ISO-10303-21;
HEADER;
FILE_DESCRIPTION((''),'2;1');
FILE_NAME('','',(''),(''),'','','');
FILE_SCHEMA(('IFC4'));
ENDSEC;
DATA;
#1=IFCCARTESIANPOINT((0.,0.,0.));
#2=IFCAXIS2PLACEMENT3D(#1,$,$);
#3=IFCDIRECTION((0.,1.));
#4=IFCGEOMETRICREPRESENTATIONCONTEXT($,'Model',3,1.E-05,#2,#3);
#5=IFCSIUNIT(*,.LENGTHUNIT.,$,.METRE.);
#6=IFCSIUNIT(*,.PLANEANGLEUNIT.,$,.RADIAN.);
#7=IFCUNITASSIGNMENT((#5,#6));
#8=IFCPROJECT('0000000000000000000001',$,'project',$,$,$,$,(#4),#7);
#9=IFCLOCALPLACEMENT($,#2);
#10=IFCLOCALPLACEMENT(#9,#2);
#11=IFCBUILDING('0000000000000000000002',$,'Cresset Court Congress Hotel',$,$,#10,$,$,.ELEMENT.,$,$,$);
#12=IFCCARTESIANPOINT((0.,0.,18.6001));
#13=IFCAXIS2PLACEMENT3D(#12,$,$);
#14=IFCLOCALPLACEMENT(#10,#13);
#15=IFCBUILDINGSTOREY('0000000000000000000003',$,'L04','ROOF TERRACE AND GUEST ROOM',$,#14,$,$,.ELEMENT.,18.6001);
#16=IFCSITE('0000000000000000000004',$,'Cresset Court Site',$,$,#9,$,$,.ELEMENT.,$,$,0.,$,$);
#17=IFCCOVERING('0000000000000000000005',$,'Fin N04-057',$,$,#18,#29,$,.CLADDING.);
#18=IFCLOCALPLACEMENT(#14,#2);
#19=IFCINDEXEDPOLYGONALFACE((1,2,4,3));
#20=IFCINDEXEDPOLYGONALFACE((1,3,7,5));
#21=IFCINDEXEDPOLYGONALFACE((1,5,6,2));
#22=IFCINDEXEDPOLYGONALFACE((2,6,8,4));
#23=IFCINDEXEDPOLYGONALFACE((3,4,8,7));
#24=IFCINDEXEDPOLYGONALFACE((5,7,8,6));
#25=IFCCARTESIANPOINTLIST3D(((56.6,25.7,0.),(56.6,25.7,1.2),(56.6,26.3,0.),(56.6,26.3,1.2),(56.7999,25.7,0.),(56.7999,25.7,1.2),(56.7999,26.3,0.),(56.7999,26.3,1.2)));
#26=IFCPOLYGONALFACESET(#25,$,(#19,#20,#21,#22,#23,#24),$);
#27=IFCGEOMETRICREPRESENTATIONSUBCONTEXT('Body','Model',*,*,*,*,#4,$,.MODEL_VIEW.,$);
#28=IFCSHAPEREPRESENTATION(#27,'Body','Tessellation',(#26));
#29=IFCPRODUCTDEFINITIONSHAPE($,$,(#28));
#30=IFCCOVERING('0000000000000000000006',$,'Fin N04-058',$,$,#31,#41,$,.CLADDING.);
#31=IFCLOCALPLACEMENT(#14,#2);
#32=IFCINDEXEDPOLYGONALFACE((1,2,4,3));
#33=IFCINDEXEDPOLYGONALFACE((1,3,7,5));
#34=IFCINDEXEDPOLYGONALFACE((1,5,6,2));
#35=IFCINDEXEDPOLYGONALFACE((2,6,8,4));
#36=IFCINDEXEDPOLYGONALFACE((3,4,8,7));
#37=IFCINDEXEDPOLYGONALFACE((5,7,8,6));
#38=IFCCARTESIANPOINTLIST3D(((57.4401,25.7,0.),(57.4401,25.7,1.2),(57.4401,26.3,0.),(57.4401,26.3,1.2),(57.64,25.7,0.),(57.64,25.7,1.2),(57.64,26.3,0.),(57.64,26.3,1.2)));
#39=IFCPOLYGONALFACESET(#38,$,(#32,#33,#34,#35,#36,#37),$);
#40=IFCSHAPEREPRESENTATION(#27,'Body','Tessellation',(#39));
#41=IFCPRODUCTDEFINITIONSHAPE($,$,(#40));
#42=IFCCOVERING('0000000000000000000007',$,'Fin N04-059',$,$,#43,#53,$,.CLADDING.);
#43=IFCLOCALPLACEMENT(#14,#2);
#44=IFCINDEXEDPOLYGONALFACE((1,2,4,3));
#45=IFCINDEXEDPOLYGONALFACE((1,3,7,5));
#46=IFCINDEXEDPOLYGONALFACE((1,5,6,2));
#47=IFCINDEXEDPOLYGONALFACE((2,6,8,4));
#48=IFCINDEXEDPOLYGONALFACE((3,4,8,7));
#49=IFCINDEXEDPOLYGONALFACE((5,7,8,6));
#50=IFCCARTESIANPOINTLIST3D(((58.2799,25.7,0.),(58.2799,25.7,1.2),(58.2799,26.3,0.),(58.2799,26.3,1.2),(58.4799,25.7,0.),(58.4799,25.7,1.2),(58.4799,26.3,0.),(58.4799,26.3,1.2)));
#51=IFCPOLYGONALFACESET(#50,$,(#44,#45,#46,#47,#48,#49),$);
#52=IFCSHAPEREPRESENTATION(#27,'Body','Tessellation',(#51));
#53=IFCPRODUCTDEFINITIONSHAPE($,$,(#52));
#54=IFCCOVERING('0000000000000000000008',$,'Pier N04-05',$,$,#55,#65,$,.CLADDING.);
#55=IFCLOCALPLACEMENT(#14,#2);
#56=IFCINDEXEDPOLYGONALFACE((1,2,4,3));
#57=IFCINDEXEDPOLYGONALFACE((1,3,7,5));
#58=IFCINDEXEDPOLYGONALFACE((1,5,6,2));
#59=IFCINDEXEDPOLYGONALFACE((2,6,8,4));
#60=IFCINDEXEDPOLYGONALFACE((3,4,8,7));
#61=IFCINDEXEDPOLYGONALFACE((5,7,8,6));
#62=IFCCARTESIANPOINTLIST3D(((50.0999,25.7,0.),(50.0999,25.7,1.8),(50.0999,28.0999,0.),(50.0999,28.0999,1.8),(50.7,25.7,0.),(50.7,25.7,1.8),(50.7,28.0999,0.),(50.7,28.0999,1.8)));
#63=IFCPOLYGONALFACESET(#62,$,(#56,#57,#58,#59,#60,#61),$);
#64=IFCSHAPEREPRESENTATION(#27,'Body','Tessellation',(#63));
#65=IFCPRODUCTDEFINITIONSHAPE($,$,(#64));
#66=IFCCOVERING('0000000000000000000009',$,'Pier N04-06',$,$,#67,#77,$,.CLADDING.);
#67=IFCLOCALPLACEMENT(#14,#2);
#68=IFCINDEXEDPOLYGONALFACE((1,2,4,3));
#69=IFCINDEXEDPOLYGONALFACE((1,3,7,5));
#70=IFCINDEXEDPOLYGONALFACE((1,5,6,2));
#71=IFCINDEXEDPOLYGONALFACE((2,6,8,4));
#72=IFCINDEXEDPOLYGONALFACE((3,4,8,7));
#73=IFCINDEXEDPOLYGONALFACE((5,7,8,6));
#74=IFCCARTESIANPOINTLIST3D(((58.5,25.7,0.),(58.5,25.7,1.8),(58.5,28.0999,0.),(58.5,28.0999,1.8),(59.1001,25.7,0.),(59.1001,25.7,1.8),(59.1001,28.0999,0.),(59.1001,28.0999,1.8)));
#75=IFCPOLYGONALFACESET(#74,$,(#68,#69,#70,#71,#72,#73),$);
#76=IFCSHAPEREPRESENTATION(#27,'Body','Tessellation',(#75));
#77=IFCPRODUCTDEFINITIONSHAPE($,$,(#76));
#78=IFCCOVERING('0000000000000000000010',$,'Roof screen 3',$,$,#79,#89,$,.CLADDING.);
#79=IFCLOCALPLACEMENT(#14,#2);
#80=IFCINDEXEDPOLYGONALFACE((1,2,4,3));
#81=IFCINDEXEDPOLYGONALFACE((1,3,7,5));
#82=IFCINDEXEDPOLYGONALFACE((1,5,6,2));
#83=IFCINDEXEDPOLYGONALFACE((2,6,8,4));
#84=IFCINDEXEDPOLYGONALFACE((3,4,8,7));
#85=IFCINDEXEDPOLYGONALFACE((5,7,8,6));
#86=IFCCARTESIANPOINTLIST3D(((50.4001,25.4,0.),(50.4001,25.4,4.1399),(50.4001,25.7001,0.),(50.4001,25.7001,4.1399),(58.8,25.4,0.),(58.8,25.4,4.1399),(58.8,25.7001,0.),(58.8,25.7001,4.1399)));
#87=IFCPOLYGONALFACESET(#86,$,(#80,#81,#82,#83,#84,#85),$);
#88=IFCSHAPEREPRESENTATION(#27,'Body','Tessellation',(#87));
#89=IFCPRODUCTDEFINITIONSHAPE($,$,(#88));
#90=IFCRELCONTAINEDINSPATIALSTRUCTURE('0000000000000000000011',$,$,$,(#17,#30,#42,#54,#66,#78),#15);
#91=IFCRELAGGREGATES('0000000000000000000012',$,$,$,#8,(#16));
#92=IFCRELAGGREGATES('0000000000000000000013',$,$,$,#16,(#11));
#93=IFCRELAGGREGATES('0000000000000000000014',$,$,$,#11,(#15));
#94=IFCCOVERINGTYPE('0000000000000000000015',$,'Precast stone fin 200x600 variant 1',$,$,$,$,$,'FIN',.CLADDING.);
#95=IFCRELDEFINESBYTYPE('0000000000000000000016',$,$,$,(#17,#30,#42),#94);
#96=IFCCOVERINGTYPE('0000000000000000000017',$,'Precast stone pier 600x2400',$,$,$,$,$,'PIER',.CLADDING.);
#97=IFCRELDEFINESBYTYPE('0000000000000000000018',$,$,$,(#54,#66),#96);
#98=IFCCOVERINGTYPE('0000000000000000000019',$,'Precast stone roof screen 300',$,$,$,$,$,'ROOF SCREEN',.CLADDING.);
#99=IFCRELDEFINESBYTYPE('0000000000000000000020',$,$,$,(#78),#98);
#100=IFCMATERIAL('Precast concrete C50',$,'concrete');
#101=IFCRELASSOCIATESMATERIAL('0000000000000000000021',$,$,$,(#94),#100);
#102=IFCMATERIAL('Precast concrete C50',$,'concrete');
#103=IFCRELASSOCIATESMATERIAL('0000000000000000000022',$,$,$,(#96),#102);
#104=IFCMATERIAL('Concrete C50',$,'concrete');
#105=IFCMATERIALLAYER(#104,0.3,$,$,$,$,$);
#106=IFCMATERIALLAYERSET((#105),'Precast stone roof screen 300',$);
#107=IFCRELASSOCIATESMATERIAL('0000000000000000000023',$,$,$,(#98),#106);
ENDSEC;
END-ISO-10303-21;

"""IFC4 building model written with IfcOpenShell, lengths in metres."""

from ifc_helpers import new_model, si_unit, direction, frame, origin, origin_2d, place, context, subcontext, project, spatial, rectangle, extrude, material, layer, layer_set, type_object, element, save


model = new_model("IFC4")

# Units and contexts
model_context = context("Model", 3, precision=1e-05, world=origin(), true_north=direction((0.0, 1.0)))
body_context = subcontext(model_context, "Body", "Model", "MODEL_VIEW")
ifc_project = project(units=[si_unit("LENGTHUNIT", "METRE"), si_unit("PLANEANGLEUNIT", "RADIAN")], contexts=[model_context])

# Site, building, storey
site_placement = place(None, origin())
site = spatial("IfcSite", under=ifc_project, at=site_placement, Name="Cresset Court Site", CompositionType="ELEMENT", RefElevation=0.0)
building_placement = place(site_placement, origin())
building = spatial("IfcBuilding", under=site, at=building_placement, Name="Cresset Court Congress Hotel", CompositionType="ELEMENT")
storey_placement = place(building_placement, frame((0.0, 0.0, 18.6001)))
storey = spatial("IfcBuildingStorey", under=building, at=storey_placement, Name="L04", Description="ROOF TERRACE AND GUEST ROOM", CompositionType="ELEMENT", Elevation=18.6001)

# Coverings
ifc_material_1 = material(Name="Precast concrete C50", Category="concrete")
covering_type_1 = type_object("IfcCoveringType", Name="Precast stone fin 200x600 variant 1", ElementType="FIN", PredefinedType="CLADDING", material=ifc_material_1)
for number, where, z_axis, x_axis, name in (
    (1, (56.7, 26.0, 0.0), (0.0, 0.0, 1.0), (1.0, 0.0, 0.0), "Fin N04-057"),
    (2, (57.54, 26.0, 0.0), (0.0, 0.0, 1.0), (1.0, 0.0, 0.0), "Fin N04-058"),
    (3, (58.3799, 26.0, 0.0), (0.0, 0.0, 1.0), (1.0, 0.0, 0.0), "Fin N04-059"),
):
    element("IfcCovering", number, at=place(storey_placement, frame(where, z_axis=z_axis, x_axis=x_axis)), inside=storey, type_object=covering_type_1, Name=name, PredefinedType="CLADDING", context=body_context, shape_type="SweptSolid", body=[
        extrude(rectangle(XDim=0.2, YDim=0.6001, at=origin_2d()), origin(), (0.0, 0.0, 1.0), 1.2),
    ])
ifc_material_2 = material(Name="Precast concrete C50", Category="concrete")
covering_type_2 = type_object("IfcCoveringType", Name="Precast stone pier 600x2400", ElementType="PIER", PredefinedType="CLADDING", material=ifc_material_2)
for number, where, z_axis, x_axis, name in (
    (4, (50.3999, 26.8999, 0.0), (0.0, 0.0, 1.0), (1.0, 0.0, 0.0), "Pier N04-05"),
    (5, (58.8, 26.8999, 0.0), (0.0, 0.0, 1.0), (1.0, 0.0, 0.0), "Pier N04-06"),
):
    element("IfcCovering", number, at=place(storey_placement, frame(where, z_axis=z_axis, x_axis=x_axis)), inside=storey, type_object=covering_type_2, Name=name, PredefinedType="CLADDING", context=body_context, shape_type="SweptSolid", body=[
        extrude(rectangle(XDim=0.6001, YDim=2.3999, at=origin_2d()), origin(), (0.0, 0.0, 1.0), 1.8),
    ])
ifc_material_3 = material(Name="Concrete C50", Category="concrete")
ifc_layer_1 = layer(ifc_material_3, 0.3)
ifc_layer_set_1 = layer_set([ifc_layer_1], Name="Precast stone roof screen 300")
covering_type_3 = type_object("IfcCoveringType", Name="Precast stone roof screen 300", ElementType="ROOF SCREEN", PredefinedType="CLADDING", material=ifc_layer_set_1)
covering_placement = place(storey_placement, frame((54.6001, 25.55, 0.0), z_axis=(0.0, 0.0, 1.0), x_axis=(1.0, 0.0, 0.0)))
element("IfcCovering", 6, at=covering_placement, inside=storey, type_object=covering_type_3, Name="Roof screen 3", PredefinedType="CLADDING", context=body_context, shape_type="SweptSolid", body=[
    extrude(rectangle(XDim=8.3999, YDim=0.3, at=origin_2d()), origin(), (0.0, 0.0, 1.0), 4.1399),
])

save(model, "model.ifc")
